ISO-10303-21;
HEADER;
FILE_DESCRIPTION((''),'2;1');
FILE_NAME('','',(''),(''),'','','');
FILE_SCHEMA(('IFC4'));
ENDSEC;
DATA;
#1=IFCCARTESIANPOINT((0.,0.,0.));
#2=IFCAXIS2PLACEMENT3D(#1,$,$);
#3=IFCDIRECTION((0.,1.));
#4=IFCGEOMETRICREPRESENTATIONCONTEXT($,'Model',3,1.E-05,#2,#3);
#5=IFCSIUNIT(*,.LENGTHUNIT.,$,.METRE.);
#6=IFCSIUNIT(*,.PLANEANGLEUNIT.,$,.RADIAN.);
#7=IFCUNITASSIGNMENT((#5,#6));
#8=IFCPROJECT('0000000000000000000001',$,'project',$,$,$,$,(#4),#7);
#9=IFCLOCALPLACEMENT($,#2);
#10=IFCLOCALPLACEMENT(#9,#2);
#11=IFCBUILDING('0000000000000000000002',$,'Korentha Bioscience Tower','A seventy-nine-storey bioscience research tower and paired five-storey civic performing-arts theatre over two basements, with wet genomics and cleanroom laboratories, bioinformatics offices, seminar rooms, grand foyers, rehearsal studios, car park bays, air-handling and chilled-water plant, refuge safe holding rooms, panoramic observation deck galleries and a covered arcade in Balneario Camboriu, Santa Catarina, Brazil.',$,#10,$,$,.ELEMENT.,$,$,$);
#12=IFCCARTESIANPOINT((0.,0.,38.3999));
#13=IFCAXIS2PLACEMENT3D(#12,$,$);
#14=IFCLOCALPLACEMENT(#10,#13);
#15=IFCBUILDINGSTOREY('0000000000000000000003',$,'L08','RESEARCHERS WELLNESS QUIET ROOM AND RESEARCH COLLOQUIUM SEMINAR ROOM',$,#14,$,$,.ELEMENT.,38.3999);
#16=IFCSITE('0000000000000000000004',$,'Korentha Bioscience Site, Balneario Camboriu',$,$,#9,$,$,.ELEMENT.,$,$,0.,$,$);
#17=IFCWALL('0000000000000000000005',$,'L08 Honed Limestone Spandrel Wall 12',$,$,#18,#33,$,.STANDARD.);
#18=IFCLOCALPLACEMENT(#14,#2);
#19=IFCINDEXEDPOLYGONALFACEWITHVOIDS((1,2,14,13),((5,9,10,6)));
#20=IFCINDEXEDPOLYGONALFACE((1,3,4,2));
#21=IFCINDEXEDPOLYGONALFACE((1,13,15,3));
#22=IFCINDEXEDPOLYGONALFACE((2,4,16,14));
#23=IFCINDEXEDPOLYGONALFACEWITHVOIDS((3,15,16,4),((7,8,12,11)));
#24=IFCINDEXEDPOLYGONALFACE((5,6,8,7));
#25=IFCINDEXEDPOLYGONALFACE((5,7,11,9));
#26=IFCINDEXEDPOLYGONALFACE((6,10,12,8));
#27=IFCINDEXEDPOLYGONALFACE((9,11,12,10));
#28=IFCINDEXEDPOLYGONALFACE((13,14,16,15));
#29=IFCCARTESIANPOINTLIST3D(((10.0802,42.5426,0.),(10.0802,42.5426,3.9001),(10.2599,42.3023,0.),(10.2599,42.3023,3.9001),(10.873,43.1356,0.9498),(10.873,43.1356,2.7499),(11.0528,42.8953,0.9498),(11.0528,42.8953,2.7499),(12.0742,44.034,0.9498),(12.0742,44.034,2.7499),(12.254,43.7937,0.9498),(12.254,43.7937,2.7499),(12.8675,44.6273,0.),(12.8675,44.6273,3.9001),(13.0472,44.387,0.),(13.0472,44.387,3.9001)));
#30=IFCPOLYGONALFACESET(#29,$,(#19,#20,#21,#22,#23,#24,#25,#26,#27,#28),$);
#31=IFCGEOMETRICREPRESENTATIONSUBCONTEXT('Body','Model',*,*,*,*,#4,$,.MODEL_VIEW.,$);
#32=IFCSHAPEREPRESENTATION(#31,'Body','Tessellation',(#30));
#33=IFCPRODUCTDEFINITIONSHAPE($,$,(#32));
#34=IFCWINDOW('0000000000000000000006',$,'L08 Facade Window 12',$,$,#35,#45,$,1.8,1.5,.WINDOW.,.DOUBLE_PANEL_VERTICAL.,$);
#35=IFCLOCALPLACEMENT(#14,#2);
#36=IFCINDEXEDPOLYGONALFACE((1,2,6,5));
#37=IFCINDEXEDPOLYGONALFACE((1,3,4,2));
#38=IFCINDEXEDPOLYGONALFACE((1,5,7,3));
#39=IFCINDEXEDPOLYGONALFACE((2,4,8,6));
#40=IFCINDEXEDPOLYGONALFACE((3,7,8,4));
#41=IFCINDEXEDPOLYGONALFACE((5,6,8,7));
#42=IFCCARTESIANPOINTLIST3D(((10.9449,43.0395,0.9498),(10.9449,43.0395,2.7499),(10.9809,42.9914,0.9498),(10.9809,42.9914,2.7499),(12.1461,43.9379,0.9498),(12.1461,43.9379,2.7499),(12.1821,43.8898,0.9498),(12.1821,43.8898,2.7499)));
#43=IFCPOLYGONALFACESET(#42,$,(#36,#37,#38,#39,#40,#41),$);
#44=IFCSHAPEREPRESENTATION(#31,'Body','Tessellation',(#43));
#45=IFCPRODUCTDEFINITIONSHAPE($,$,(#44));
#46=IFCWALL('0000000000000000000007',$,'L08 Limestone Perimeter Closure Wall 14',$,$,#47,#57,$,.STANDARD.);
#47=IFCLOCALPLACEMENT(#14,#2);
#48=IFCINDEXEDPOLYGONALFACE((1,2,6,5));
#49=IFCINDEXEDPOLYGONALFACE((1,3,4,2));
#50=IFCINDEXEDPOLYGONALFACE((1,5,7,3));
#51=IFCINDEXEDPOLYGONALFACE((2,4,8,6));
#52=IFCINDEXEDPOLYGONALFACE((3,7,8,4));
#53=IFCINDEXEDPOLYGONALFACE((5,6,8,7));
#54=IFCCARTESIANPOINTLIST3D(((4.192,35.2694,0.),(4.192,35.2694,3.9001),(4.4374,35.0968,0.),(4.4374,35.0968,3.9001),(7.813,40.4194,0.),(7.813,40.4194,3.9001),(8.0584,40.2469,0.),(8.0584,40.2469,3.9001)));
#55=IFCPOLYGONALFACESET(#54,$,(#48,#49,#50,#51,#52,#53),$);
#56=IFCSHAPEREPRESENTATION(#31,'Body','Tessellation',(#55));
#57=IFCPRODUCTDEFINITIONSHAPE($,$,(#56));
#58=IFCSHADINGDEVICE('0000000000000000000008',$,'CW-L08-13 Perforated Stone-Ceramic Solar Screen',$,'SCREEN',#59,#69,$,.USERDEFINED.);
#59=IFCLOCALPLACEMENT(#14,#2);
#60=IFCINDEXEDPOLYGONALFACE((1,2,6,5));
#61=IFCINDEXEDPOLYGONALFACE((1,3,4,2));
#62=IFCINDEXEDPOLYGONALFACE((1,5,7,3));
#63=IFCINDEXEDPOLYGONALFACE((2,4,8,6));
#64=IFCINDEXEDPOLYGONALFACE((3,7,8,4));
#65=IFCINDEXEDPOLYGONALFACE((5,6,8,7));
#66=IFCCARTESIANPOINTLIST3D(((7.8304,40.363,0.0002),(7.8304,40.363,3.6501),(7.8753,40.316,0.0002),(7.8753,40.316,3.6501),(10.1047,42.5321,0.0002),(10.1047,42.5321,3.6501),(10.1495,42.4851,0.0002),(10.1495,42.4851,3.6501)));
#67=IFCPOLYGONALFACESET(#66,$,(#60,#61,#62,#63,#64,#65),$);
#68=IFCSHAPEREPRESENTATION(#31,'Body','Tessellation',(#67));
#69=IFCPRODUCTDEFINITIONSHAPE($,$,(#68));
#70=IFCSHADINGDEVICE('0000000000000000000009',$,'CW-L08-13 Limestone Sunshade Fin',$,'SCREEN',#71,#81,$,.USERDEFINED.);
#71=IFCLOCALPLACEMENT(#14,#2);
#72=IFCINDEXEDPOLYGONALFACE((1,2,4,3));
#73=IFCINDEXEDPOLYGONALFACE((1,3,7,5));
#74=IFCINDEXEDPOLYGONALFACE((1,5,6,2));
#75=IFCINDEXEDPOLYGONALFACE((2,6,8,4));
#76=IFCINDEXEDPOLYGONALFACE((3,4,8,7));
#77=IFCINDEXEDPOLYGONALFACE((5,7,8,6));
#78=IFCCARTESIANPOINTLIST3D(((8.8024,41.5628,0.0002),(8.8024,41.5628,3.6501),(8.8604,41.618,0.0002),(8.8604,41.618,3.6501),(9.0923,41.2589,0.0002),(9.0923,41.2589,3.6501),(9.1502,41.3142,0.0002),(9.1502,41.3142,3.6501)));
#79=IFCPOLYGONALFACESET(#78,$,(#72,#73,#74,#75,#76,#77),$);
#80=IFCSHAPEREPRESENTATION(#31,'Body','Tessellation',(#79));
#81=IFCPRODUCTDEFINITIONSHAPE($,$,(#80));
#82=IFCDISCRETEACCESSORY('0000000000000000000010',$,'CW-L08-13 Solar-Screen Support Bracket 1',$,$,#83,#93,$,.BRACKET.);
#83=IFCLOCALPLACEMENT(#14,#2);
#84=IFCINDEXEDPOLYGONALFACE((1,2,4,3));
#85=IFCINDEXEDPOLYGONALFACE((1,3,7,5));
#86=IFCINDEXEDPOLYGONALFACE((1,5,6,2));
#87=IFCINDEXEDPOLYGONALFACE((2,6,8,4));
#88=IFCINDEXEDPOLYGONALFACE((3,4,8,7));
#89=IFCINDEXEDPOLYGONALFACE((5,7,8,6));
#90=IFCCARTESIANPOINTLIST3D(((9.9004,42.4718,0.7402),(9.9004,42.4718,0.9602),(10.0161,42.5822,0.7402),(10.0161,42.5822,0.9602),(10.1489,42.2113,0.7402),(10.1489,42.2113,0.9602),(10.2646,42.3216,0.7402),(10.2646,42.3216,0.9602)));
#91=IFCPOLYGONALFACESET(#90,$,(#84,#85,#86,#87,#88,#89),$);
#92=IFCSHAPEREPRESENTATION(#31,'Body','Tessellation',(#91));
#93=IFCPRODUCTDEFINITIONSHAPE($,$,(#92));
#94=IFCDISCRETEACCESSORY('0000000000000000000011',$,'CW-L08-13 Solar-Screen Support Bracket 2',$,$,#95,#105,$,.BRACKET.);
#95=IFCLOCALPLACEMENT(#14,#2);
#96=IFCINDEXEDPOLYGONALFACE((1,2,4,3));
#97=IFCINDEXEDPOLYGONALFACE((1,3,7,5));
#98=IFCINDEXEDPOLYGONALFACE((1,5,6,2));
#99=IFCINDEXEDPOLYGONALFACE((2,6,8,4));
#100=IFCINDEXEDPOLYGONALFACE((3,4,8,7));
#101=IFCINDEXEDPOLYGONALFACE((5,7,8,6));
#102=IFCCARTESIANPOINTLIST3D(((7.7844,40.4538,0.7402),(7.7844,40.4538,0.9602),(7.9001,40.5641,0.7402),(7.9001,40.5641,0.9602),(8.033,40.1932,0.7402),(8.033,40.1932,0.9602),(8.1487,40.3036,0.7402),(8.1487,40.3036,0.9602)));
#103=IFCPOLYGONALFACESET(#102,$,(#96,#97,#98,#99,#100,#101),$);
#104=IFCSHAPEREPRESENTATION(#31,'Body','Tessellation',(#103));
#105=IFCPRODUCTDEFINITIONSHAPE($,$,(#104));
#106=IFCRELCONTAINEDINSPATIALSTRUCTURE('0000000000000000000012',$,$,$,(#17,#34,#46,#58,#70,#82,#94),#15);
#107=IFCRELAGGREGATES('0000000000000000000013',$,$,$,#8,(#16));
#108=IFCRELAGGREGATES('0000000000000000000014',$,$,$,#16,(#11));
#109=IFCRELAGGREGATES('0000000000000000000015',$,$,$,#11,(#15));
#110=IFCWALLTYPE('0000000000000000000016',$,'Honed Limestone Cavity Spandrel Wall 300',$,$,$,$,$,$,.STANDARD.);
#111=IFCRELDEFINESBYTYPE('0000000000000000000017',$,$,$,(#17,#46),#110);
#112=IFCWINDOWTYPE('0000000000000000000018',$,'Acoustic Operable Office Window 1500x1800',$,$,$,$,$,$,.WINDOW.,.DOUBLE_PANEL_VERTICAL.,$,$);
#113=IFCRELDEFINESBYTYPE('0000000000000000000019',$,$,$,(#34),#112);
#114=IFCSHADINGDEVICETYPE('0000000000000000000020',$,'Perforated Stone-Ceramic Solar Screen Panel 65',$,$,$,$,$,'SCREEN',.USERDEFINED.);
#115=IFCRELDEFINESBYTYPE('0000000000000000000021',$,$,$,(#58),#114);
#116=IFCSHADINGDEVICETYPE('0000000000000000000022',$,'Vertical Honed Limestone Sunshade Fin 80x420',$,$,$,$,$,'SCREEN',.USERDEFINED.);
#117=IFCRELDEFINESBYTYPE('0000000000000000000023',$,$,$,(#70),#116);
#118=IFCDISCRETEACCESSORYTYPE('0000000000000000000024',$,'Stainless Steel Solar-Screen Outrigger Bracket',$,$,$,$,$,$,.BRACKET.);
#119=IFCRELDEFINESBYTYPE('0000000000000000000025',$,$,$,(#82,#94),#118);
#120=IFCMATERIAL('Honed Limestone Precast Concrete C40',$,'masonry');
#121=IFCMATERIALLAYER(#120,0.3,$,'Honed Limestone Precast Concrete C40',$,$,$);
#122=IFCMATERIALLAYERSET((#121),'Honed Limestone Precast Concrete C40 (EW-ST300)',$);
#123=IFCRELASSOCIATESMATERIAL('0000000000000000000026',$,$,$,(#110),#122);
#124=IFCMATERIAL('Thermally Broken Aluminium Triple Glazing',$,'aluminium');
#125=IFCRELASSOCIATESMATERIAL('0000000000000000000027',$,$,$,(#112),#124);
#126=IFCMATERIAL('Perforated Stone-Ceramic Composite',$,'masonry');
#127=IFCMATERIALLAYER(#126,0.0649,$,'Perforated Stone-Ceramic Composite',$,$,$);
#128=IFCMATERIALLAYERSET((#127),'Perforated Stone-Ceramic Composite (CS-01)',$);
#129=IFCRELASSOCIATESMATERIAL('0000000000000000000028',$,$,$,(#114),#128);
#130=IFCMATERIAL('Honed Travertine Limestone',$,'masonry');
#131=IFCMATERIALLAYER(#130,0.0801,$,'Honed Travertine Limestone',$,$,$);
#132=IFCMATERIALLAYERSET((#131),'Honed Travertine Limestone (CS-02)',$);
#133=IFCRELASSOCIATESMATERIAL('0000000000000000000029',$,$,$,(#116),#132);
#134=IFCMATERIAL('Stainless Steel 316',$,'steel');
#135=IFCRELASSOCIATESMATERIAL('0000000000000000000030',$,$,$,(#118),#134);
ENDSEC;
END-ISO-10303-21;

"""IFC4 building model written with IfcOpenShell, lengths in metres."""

from ifc_helpers import new_model, si_unit, direction, frame, frame_2d, origin, origin_2d, place, context, subcontext, project, spatial, rectangle, extrude, material, layer, layer_set, type_object, element, fill, save


model = new_model("IFC4")

# Units and contexts
model_context = context("Model", 3, precision=1e-05, world=origin(), true_north=direction((0.0, 1.0)))
body_context = subcontext(model_context, "Body", "Model", "MODEL_VIEW")
ifc_project = project(units=[si_unit("LENGTHUNIT", "METRE"), si_unit("PLANEANGLEUNIT", "RADIAN")], contexts=[model_context])

# Site, building, storey
site_placement = place(None, origin())
site = spatial("IfcSite", under=ifc_project, at=site_placement, Name="Korentha Bioscience Site, Balneario Camboriu", CompositionType="ELEMENT", RefElevation=0.0)
building_placement = place(site_placement, origin())
building = spatial("IfcBuilding", under=site, at=building_placement, Name="Korentha Bioscience Tower", Description="A seventy-nine-storey bioscience research tower and paired five-storey civic performing-arts theatre over two basements, with wet genomics and cleanroom laboratories, bioinformatics offices, seminar rooms, grand foyers, rehearsal studios, car park bays, air-handling and chilled-water plant, refuge safe holding rooms, panoramic observation deck galleries and a covered arcade in Balneario Camboriu, Santa Catarina, Brazil.", CompositionType="ELEMENT")
storey_placement = place(building_placement, frame((0.0, 0.0, 38.3999)))
storey = spatial("IfcBuildingStorey", under=building, at=storey_placement, Name="L08", Description="RESEARCHERS WELLNESS QUIET ROOM AND RESEARCH COLLOQUIUM SEMINAR ROOM", CompositionType="ELEMENT", Elevation=38.3999)

# Shared definitions
ifc_material_1 = material(Name="Honed Limestone Precast Concrete C40", Category="masonry")
ifc_layer_1 = layer(ifc_material_1, 0.3, Name="Honed Limestone Precast Concrete C40")
ifc_layer_set_1 = layer_set([ifc_layer_1], Name="Honed Limestone Precast Concrete C40 (EW-ST300)")
wall_type_1 = type_object("IfcWallType", Name="Honed Limestone Cavity Spandrel Wall 300", PredefinedType="STANDARD", material=ifc_layer_set_1)

# Wall, opening, window
wall_1_placement = place(storey_placement, frame((12.9573, 44.5071, 0.0), z_axis=(0.0, 0.0, 1.0), x_axis=(-0.800799, -0.598933, 0.0)))
wall_1 = element("IfcWall", 1, at=wall_1_placement, inside=storey, type_object=wall_type_1, Name="L08 Honed Limestone Spandrel Wall 12", PredefinedType="STANDARD", context=body_context, shape_type="SweptSolid", body=[
    extrude(rectangle(XDim=3.4807, YDim=0.3, at=frame_2d((1.7402, 0.0))), origin(), (0.0, 0.0, 1.0), 3.9001),
])
opening_1_placement = place(wall_1_placement, frame((0.9905, 0.0, 0.95)))
opening_1 = element("IfcOpeningElement", 2, at=opening_1_placement, cuts=wall_1, PredefinedType="OPENING", context=body_context, shape_type="SweptSolid", body=[
    extrude(rectangle(XDim=1.5, YDim=1.8, at=frame_2d((0.75, 0.8999))), frame((0.0, 0.165, 0.0), z_axis=(0.0, -1.0, 0.0), x_axis=(1.0, 0.0, 0.0)), (0.0, 0.0, 1.0), 0.3298),
])
ifc_material_2 = material(Name="Thermally Broken Aluminium Triple Glazing", Category="aluminium")
window_type = type_object("IfcWindowType", Name="Acoustic Operable Office Window 1500x1800", PartitioningType="DOUBLE_PANEL_VERTICAL", PredefinedType="WINDOW", material=ifc_material_2)
window_placement = place(opening_1_placement, origin())
window = element("IfcWindow", 3, at=window_placement, inside=storey, type_object=window_type, Name="L08 Facade Window 12", OverallHeight=1.8, OverallWidth=1.5, PartitioningType="DOUBLE_PANEL_VERTICAL", PredefinedType="WINDOW", context=body_context, shape_type="SweptSolid", body=[
    extrude(rectangle(XDim=1.5, YDim=1.8, at=frame_2d((0.75, 0.8999))), frame((0.0, 0.03, 0.0), z_axis=(0.0, -1.0, 0.0), x_axis=(1.0, 0.0, 0.0)), (0.0, 0.0, 1.0), 0.0601),
])
fill(opening_1, window)

# Wall
wall_2_placement = place(storey_placement, frame((7.9358, 40.3333, 0.0), z_axis=(0.0, 0.0, 1.0), x_axis=(-0.575166, -0.818037, 0.0)))
element("IfcWall", 4, at=wall_2_placement, inside=storey, type_object=wall_type_1, Name="L08 Limestone Perimeter Closure Wall 14", PredefinedType="STANDARD", context=body_context, shape_type="SweptSolid", body=[
    extrude(rectangle(XDim=6.2957, YDim=0.3, at=frame_2d((3.1479, 0.0))), origin(), (0.0, 0.0, 1.0), 3.9001),
])

# Shading devices
ifc_material_3 = material(Name="Perforated Stone-Ceramic Composite", Category="masonry")
ifc_layer_2 = layer(ifc_material_3, 0.0649, Name="Perforated Stone-Ceramic Composite")
ifc_layer_set_2 = layer_set([ifc_layer_2], Name="Perforated Stone-Ceramic Composite (CS-01)")
shading_device_type_1 = type_object("IfcShadingDeviceType", Name="Perforated Stone-Ceramic Solar Screen Panel 65", ElementType="SCREEN", PredefinedType="USERDEFINED", material=ifc_layer_set_2)
shading_device_1_placement = place(storey_placement, frame((8.99, 41.4241, 0.0002), z_axis=(0.0, 0.0, 1.0), x_axis=(-0.723642, -0.690176, 0.0)))
element("IfcShadingDevice", 5, at=shading_device_1_placement, inside=storey, type_object=shading_device_type_1, Name="CW-L08-13 Perforated Stone-Ceramic Solar Screen", ObjectType="SCREEN", PredefinedType="USERDEFINED", context=body_context, shape_type="SweptSolid", body=[
    extrude(rectangle(XDim=3.1428, YDim=0.0649, at=origin_2d()), origin(), (0.0, 0.0, 1.0), 3.6499),
])
ifc_material_4 = material(Name="Honed Travertine Limestone", Category="masonry")
ifc_layer_3 = layer(ifc_material_4, 0.0801, Name="Honed Travertine Limestone")
ifc_layer_set_3 = layer_set([ifc_layer_3], Name="Honed Travertine Limestone (CS-02)")
shading_device_type_2 = type_object("IfcShadingDeviceType", Name="Vertical Honed Limestone Sunshade Fin 80x420", ElementType="SCREEN", PredefinedType="USERDEFINED", material=ifc_layer_set_3)
shading_device_2_placement = place(storey_placement, frame((8.9763, 41.4385, 0.0002), z_axis=(0.0, 0.0, 1.0), x_axis=(-0.723642, -0.690176, 0.0)))
element("IfcShadingDevice", 6, at=shading_device_2_placement, inside=storey, type_object=shading_device_type_2, Name="CW-L08-13 Limestone Sunshade Fin", ObjectType="SCREEN", PredefinedType="USERDEFINED", context=body_context, shape_type="SweptSolid", body=[
    extrude(rectangle(XDim=0.0801, YDim=0.4199, at=origin_2d()), origin(), (0.0, 0.0, 1.0), 3.6499),
])

# Discrete accessories
ifc_material_5 = material(Name="Stainless Steel 316", Category="steel")
discrete_accessory_type = type_object("IfcDiscreteAccessoryType", Name="Stainless Steel Solar-Screen Outrigger Bracket", PredefinedType="BRACKET", material=ifc_material_5)
for number, where, z_axis, x_axis, name in (
    (7, (10.0825, 42.3967, 0.7402), (0.0, 0.0, 1.0), (-0.723642, -0.690176, 0.0), "CW-L08-13 Solar-Screen Support Bracket 1"),
    (8, (7.9666, 40.3787, 0.7402), (0.0, 0.0, 1.0), (-0.723642, -0.690176, 0.0), "CW-L08-13 Solar-Screen Support Bracket 2"),
):
    element("IfcDiscreteAccessory", number, at=place(storey_placement, frame(where, z_axis=z_axis, x_axis=x_axis)), inside=storey, type_object=discrete_accessory_type, Name=name, PredefinedType="BRACKET", context=body_context, shape_type="SweptSolid", body=[
        extrude(rectangle(XDim=0.1599, YDim=0.3601, at=origin_2d()), origin(), (0.0, 0.0, 1.0), 0.22),
    ])

save(model, "model.ifc")
